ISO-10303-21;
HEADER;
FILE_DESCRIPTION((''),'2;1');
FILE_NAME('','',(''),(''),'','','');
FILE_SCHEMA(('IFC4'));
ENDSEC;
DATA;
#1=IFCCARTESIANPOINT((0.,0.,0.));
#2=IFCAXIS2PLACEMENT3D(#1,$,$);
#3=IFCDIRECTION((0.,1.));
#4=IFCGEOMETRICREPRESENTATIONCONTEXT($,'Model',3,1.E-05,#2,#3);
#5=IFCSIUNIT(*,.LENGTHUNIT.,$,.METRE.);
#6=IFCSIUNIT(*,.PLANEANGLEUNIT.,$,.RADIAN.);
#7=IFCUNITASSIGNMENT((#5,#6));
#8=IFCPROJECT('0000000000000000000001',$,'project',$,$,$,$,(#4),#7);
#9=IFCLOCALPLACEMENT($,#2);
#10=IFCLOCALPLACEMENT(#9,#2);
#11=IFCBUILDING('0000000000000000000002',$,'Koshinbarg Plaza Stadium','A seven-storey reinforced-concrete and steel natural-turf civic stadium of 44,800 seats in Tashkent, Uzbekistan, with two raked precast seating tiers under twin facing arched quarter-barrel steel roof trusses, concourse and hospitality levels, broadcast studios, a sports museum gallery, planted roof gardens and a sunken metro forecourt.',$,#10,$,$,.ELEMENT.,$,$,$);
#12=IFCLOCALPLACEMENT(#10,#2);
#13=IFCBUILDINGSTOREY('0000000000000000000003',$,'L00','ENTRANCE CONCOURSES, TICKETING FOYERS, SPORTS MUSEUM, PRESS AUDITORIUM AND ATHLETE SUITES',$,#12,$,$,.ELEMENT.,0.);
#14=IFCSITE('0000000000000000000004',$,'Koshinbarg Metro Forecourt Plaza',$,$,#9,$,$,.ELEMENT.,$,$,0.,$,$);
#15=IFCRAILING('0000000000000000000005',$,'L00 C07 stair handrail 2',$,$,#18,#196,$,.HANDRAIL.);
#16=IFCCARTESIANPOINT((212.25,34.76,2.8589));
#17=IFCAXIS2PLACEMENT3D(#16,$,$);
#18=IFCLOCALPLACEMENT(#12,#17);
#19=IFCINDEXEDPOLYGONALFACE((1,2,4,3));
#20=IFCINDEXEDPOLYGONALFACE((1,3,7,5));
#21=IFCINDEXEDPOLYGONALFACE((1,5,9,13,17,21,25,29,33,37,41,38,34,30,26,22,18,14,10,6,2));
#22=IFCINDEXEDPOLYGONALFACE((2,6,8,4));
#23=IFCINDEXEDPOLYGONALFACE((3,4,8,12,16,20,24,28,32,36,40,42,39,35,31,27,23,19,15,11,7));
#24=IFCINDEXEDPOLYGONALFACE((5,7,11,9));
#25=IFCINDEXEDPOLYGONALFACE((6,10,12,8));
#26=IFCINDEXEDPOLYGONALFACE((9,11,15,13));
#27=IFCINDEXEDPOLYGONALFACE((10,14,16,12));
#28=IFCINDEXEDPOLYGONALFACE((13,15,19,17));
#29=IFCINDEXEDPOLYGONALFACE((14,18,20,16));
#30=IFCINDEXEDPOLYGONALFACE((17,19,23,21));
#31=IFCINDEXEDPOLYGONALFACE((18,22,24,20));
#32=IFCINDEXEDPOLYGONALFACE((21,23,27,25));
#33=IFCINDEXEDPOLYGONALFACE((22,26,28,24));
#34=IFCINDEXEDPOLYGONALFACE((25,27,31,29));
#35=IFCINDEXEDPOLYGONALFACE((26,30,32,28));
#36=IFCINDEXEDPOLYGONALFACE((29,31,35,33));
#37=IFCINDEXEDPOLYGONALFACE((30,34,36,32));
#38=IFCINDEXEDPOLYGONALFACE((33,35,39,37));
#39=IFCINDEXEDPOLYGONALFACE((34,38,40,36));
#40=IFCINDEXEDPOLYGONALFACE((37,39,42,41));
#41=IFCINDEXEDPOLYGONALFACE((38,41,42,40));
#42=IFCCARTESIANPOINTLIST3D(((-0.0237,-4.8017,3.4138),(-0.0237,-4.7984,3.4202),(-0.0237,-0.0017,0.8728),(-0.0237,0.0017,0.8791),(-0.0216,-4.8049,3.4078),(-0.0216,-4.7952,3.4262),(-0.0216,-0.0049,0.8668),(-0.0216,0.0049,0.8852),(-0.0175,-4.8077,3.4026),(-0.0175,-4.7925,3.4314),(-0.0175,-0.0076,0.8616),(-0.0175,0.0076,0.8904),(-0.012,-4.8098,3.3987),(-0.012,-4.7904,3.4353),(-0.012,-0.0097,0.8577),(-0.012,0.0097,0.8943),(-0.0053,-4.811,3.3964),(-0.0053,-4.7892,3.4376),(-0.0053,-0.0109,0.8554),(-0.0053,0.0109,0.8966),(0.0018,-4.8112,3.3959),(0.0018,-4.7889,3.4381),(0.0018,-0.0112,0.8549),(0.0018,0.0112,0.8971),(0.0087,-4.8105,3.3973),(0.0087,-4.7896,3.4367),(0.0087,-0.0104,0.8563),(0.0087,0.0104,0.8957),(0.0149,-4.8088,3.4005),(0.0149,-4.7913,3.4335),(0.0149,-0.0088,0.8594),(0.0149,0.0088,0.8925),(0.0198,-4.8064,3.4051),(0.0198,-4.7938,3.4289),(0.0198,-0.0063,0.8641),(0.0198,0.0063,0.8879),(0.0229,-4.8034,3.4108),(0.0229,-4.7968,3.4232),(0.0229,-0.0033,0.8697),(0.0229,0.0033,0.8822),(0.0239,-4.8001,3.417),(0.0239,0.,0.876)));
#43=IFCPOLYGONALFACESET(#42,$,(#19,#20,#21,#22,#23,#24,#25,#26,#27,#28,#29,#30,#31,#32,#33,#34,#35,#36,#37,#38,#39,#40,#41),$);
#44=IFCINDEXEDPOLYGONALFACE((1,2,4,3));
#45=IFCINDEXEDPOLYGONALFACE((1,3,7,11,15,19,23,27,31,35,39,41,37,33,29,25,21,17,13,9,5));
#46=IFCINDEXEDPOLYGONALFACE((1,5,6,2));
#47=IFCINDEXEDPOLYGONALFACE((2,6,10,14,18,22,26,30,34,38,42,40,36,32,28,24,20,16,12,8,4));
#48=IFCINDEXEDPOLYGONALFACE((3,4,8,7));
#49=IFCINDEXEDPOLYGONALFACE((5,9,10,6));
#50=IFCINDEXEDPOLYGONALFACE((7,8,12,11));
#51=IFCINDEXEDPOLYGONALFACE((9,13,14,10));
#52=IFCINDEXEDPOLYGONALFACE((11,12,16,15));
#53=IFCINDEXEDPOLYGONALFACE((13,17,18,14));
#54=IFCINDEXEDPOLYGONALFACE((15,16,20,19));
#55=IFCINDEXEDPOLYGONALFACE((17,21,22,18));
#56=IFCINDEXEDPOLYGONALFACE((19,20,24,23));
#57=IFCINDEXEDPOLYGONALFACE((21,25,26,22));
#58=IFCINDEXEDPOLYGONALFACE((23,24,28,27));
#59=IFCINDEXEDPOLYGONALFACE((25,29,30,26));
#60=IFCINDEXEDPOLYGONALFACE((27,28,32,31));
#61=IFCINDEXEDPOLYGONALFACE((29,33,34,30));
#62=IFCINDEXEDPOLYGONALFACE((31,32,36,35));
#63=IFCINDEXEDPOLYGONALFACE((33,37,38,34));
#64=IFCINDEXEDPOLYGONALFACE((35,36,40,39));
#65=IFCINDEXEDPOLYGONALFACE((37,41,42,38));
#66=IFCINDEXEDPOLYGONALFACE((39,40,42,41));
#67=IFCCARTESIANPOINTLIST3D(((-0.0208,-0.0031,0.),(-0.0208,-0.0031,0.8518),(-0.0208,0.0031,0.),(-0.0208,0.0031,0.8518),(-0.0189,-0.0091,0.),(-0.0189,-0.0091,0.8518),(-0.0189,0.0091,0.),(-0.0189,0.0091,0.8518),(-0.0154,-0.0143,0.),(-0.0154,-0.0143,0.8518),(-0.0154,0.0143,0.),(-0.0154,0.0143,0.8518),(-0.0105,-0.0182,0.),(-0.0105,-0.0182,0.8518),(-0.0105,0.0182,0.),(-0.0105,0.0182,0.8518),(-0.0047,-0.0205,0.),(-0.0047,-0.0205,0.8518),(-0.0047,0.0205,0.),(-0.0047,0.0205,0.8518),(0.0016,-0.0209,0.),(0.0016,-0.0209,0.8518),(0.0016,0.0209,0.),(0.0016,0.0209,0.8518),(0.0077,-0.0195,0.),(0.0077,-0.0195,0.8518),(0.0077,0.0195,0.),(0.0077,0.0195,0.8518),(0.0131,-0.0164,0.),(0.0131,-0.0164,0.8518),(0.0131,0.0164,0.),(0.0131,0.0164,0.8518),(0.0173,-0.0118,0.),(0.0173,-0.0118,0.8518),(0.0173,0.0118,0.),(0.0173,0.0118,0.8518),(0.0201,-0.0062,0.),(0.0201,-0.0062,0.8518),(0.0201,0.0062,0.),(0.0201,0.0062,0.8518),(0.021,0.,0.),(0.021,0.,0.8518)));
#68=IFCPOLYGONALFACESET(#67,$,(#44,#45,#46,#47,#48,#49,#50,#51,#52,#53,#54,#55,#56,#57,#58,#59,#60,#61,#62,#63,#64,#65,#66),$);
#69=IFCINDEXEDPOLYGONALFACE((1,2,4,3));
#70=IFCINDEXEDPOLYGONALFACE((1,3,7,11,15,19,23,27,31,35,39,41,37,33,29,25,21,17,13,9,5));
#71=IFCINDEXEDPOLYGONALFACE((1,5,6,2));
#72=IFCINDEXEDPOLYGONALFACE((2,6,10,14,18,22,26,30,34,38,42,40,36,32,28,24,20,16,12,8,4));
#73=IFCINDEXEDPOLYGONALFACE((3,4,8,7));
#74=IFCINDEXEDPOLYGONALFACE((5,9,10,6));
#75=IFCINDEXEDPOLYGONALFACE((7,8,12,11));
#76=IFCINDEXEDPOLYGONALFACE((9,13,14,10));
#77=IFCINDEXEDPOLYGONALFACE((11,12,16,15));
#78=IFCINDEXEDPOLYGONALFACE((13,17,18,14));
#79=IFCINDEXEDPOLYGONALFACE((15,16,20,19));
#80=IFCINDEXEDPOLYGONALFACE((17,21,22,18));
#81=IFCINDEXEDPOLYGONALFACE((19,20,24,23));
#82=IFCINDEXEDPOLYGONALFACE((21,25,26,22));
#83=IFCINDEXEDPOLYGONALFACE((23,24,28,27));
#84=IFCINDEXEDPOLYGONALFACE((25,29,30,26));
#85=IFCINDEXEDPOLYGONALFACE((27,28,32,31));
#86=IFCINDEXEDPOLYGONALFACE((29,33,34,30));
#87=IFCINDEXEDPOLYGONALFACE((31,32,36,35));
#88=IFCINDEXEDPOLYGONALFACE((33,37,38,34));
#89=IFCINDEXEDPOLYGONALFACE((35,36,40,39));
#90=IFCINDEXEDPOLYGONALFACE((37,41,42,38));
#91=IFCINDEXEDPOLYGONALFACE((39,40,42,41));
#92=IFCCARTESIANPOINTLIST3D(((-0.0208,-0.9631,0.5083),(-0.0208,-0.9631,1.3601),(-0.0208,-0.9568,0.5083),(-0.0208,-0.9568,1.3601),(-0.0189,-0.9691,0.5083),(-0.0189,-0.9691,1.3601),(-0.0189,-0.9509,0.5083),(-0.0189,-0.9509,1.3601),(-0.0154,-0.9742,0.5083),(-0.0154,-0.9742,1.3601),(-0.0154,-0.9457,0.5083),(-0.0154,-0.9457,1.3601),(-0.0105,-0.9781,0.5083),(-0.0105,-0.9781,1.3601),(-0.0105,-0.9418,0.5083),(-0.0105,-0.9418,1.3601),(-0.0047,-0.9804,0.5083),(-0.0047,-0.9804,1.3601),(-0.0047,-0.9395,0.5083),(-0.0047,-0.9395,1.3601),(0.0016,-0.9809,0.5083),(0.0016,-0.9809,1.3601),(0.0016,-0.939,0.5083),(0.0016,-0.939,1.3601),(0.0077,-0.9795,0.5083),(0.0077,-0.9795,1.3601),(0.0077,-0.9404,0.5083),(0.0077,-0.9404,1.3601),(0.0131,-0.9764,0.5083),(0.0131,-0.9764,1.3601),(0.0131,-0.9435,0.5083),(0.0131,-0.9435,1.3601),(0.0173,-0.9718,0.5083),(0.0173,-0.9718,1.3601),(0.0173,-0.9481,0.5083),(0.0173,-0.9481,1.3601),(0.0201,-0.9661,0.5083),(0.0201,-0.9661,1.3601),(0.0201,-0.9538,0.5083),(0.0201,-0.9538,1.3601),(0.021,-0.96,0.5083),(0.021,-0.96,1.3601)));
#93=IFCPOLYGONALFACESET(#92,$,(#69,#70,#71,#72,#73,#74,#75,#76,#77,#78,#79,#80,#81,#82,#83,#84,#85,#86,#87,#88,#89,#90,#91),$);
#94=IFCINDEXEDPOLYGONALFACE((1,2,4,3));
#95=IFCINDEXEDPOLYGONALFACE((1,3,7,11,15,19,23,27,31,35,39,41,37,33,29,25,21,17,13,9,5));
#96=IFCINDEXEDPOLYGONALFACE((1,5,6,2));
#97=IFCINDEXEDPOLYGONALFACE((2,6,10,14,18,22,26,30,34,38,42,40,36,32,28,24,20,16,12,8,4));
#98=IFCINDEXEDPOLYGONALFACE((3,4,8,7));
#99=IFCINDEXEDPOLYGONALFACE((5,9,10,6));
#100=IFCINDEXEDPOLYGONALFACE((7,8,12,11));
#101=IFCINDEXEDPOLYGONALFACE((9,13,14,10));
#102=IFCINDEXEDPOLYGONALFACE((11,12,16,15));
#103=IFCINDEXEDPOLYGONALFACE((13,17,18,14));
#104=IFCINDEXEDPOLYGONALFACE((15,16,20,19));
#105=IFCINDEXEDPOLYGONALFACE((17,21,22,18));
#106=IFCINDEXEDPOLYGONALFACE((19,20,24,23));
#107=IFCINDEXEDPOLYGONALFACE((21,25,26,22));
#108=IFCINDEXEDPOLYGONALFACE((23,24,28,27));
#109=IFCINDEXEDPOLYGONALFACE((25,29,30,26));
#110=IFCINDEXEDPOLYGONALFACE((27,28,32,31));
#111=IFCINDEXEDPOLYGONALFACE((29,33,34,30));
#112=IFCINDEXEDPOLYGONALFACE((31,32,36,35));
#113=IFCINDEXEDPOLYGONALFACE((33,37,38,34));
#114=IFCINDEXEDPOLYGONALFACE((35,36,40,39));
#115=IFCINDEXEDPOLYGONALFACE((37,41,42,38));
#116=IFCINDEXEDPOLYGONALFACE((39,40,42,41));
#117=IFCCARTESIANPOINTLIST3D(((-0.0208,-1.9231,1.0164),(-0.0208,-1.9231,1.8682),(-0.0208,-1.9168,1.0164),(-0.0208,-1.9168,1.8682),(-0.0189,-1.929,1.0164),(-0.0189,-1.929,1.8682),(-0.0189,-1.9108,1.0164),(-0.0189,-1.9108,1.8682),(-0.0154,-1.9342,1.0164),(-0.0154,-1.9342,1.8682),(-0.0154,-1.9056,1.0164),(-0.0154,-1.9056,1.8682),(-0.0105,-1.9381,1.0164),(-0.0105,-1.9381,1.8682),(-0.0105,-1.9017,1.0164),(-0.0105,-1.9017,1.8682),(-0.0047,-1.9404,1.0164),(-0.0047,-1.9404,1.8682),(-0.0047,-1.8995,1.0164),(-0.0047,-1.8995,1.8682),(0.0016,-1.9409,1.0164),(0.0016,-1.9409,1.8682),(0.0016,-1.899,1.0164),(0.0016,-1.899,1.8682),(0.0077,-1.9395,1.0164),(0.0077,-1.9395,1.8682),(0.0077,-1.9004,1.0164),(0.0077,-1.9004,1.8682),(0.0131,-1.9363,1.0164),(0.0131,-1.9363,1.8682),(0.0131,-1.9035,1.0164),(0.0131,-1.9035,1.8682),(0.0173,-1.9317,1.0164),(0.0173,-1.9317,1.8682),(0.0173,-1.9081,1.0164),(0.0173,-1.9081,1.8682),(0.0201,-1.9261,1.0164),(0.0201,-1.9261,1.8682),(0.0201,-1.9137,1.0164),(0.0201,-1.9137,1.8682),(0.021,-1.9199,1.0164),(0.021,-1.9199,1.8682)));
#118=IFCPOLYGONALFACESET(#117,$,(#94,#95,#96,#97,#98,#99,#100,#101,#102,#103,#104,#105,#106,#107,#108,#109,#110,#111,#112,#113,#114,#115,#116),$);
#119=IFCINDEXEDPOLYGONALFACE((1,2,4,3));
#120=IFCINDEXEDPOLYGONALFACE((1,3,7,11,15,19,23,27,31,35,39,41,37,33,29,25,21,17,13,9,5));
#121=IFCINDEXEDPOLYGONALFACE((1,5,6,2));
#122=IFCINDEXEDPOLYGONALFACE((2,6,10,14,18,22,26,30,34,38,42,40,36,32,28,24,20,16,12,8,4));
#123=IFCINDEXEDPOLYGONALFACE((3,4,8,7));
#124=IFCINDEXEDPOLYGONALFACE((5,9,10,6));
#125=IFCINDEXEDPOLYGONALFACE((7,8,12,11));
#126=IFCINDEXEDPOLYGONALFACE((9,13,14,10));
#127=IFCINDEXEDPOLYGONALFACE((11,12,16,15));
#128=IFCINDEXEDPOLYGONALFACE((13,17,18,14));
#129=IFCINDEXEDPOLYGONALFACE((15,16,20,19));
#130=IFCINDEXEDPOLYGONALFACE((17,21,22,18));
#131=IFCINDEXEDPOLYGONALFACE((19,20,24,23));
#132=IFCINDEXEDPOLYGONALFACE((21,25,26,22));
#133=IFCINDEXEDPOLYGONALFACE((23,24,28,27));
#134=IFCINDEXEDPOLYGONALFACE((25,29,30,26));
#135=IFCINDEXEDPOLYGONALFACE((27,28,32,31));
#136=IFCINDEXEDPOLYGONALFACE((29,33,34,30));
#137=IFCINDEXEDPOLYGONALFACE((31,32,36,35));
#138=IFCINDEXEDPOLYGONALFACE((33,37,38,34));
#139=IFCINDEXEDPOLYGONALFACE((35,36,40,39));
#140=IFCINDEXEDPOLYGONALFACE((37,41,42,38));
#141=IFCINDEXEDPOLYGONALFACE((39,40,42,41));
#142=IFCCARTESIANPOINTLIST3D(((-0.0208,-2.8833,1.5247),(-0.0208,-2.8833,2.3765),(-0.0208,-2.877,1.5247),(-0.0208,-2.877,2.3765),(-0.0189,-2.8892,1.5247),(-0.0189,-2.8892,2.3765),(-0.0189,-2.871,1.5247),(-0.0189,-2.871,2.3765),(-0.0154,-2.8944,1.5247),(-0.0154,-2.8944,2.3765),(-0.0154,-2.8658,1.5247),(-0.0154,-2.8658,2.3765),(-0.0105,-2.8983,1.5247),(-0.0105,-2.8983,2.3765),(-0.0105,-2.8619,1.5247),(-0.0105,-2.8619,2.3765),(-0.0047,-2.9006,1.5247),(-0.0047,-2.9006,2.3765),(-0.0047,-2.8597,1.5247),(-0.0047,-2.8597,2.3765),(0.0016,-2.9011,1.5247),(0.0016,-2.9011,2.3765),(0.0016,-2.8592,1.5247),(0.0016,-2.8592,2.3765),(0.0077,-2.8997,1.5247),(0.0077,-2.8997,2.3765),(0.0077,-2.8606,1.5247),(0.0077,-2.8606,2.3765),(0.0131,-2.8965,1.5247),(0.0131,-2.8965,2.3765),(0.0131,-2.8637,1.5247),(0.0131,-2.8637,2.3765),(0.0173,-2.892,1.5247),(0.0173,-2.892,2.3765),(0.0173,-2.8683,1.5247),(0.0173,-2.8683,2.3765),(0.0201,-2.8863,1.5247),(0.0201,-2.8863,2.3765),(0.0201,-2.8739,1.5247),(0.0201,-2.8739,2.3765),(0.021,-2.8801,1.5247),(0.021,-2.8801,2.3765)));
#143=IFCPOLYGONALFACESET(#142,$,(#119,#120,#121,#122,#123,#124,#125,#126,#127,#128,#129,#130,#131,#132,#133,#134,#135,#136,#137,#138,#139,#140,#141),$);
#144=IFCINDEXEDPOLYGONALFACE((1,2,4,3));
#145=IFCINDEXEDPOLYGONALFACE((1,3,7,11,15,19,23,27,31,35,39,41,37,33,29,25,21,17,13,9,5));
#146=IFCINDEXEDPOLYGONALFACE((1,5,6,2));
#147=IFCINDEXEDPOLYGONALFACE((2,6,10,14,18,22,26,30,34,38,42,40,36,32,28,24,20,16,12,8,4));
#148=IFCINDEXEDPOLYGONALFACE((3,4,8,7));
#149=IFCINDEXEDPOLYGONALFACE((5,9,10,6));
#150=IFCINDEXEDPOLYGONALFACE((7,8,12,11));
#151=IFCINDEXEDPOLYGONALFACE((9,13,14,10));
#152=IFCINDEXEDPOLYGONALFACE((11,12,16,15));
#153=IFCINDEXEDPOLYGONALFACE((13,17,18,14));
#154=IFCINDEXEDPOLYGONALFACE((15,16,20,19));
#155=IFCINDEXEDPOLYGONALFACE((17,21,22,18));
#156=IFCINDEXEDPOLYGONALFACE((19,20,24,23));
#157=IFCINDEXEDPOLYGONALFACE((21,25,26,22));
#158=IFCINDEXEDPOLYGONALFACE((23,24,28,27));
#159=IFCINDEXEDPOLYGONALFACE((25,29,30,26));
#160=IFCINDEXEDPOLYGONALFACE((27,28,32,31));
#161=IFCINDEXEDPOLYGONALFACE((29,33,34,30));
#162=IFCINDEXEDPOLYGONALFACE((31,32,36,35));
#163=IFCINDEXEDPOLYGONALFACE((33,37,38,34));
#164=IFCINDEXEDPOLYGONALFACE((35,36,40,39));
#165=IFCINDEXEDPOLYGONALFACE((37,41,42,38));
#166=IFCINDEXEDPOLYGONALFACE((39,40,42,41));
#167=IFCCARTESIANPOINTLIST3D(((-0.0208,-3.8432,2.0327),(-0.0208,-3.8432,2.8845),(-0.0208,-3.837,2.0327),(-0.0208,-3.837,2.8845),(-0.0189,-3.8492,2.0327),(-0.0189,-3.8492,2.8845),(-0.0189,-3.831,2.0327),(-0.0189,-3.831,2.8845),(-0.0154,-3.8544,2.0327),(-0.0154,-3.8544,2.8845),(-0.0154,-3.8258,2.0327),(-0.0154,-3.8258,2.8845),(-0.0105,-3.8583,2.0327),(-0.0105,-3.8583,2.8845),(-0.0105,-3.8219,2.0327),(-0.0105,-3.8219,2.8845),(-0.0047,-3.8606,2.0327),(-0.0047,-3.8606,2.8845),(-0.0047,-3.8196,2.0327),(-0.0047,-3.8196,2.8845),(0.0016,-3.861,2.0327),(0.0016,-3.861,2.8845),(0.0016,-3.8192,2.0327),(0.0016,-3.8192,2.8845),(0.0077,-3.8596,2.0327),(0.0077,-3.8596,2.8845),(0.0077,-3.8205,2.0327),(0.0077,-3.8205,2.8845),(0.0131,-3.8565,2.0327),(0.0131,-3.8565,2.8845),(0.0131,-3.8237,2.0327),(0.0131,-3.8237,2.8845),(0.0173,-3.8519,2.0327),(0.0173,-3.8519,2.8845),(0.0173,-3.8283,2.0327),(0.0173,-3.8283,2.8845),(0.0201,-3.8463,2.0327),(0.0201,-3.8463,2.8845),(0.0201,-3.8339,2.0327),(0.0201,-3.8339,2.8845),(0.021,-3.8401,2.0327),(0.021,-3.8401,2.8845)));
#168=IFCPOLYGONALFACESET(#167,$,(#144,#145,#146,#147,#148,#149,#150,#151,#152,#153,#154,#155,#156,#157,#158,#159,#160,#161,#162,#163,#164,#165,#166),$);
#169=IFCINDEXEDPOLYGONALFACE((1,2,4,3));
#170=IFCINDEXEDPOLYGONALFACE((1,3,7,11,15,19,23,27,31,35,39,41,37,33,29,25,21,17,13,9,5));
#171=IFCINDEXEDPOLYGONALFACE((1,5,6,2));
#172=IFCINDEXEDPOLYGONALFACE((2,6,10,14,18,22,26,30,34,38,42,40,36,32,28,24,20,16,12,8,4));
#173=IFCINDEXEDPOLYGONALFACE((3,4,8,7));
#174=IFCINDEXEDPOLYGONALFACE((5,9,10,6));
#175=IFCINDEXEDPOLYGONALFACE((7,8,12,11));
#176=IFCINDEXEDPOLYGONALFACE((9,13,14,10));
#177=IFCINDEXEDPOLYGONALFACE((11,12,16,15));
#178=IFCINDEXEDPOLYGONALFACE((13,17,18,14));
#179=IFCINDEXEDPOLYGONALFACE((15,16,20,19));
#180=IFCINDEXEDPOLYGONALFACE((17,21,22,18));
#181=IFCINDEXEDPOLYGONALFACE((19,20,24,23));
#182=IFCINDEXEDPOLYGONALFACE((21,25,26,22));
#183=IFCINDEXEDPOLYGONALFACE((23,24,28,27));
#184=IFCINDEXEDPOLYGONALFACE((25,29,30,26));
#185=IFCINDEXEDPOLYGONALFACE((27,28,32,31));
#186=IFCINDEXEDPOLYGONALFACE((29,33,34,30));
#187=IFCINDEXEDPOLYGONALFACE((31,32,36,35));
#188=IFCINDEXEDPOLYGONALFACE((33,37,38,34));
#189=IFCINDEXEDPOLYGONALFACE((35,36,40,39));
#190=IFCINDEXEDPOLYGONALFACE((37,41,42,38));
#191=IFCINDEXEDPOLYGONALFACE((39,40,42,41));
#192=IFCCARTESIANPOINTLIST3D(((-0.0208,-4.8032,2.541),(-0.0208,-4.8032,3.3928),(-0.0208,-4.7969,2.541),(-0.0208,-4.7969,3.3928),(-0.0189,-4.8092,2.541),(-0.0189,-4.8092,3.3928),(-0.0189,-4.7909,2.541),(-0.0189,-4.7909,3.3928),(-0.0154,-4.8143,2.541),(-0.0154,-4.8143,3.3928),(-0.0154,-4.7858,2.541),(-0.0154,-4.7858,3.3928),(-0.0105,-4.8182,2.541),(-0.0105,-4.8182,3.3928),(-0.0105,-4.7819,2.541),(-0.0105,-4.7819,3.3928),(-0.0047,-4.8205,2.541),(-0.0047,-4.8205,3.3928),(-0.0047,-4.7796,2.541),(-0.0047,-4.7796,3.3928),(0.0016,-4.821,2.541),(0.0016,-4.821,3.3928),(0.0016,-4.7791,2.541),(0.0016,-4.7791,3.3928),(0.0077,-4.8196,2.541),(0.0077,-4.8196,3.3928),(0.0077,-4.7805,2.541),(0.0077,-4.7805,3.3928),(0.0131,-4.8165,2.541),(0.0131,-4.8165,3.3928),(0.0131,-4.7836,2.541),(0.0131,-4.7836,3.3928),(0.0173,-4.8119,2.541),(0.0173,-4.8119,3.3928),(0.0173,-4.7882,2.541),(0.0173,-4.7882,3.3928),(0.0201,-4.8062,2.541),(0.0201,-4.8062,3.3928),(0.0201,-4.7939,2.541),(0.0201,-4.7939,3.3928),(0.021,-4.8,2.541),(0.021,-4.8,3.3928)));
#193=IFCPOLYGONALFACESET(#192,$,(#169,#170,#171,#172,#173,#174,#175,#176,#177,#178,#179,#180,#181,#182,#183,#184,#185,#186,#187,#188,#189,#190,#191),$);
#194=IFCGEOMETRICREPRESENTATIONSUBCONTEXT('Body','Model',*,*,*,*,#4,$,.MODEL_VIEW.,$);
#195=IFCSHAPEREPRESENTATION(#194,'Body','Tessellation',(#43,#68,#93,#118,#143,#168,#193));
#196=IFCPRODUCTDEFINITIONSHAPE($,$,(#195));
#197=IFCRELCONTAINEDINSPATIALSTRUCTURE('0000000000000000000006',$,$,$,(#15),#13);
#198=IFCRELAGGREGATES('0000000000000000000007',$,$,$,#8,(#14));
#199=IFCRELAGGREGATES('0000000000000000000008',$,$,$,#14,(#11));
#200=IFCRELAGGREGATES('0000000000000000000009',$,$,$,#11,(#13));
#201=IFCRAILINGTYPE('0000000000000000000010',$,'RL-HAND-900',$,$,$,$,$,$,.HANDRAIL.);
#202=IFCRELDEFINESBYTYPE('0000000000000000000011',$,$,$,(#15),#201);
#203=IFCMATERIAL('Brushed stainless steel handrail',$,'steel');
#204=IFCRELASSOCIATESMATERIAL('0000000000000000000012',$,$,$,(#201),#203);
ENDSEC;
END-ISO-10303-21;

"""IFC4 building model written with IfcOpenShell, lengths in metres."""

from ifc_helpers import new_model, si_unit, direction, frame, origin, origin_2d, place, context, subcontext, project, spatial, circle, extrude, material, type_object, element, save


model = new_model("IFC4")

# Units and contexts
model_context = context("Model", 3, precision=1e-05, world=origin(), true_north=direction((0.0, 1.0)))
body_context = subcontext(model_context, "Body", "Model", "MODEL_VIEW")
ifc_project = project(units=[si_unit("LENGTHUNIT", "METRE"), si_unit("PLANEANGLEUNIT", "RADIAN")], contexts=[model_context])

# Site, building, storey
site_placement = place(None, origin())
site = spatial("IfcSite", under=ifc_project, at=site_placement, Name="Koshinbarg Metro Forecourt Plaza", CompositionType="ELEMENT", RefElevation=0.0)
building_placement = place(site_placement, origin())
building = spatial("IfcBuilding", under=site, at=building_placement, Name="Koshinbarg Plaza Stadium", Description="A seven-storey reinforced-concrete and steel natural-turf civic stadium of 44,800 seats in Tashkent, Uzbekistan, with two raked precast seating tiers under twin facing arched quarter-barrel steel roof trusses, concourse and hospitality levels, broadcast studios, a sports museum gallery, planted roof gardens and a sunken metro forecourt.", CompositionType="ELEMENT")
storey_placement = place(building_placement, origin())
storey = spatial("IfcBuildingStorey", under=building, at=storey_placement, Name="L00", Description="ENTRANCE CONCOURSES, TICKETING FOYERS, SPORTS MUSEUM, PRESS AUDITORIUM AND ATHLETE SUITES", CompositionType="ELEMENT", Elevation=0.0)

# Railing
ifc_material_1 = material(Name="Brushed stainless steel handrail", Category="steel")
railing_type_1 = type_object("IfcRailingType", Name="RL-HAND-900", PredefinedType="HANDRAIL", material=ifc_material_1)
railing_1_placement = place(storey_placement, frame((212.25, 34.76, 2.8589)))
element("IfcRailing", 1, at=railing_1_placement, inside=storey, type_object=railing_type_1, Name="L00 C07 stair handrail 2", PredefinedType="HANDRAIL", context=body_context, shape_type="SweptSolid", body=[
    extrude(circle(Radius=0.0239, at=origin_2d()), frame((0.0, 0.0, 0.876), z_axis=(0.0, -0.883802, 0.467861), x_axis=(1.0, 0.0, 0.0)), (0.0, 0.0, 1.0), 5.4312),
    extrude(circle(Radius=0.021, at=origin_2d()), origin(), (0.0, 0.0, 1.0), 0.8518),
    extrude(circle(Radius=0.021, at=origin_2d()), frame((0.0, -0.96, 0.5083)), (0.0, 0.0, 1.0), 0.8518),
    extrude(circle(Radius=0.021, at=origin_2d()), frame((0.0, -1.9199, 1.0164)), (0.0, 0.0, 1.0), 0.8518),
    extrude(circle(Radius=0.021, at=origin_2d()), frame((0.0, -2.8801, 1.5247)), (0.0, 0.0, 1.0), 0.8518),
    extrude(circle(Radius=0.021, at=origin_2d()), frame((0.0, -3.8401, 2.0327)), (0.0, 0.0, 1.0), 0.8518),
    extrude(circle(Radius=0.021, at=origin_2d()), frame((0.0, -4.8, 2.541)), (0.0, 0.0, 1.0), 0.8518),
])

save(model, "model.ifc")
